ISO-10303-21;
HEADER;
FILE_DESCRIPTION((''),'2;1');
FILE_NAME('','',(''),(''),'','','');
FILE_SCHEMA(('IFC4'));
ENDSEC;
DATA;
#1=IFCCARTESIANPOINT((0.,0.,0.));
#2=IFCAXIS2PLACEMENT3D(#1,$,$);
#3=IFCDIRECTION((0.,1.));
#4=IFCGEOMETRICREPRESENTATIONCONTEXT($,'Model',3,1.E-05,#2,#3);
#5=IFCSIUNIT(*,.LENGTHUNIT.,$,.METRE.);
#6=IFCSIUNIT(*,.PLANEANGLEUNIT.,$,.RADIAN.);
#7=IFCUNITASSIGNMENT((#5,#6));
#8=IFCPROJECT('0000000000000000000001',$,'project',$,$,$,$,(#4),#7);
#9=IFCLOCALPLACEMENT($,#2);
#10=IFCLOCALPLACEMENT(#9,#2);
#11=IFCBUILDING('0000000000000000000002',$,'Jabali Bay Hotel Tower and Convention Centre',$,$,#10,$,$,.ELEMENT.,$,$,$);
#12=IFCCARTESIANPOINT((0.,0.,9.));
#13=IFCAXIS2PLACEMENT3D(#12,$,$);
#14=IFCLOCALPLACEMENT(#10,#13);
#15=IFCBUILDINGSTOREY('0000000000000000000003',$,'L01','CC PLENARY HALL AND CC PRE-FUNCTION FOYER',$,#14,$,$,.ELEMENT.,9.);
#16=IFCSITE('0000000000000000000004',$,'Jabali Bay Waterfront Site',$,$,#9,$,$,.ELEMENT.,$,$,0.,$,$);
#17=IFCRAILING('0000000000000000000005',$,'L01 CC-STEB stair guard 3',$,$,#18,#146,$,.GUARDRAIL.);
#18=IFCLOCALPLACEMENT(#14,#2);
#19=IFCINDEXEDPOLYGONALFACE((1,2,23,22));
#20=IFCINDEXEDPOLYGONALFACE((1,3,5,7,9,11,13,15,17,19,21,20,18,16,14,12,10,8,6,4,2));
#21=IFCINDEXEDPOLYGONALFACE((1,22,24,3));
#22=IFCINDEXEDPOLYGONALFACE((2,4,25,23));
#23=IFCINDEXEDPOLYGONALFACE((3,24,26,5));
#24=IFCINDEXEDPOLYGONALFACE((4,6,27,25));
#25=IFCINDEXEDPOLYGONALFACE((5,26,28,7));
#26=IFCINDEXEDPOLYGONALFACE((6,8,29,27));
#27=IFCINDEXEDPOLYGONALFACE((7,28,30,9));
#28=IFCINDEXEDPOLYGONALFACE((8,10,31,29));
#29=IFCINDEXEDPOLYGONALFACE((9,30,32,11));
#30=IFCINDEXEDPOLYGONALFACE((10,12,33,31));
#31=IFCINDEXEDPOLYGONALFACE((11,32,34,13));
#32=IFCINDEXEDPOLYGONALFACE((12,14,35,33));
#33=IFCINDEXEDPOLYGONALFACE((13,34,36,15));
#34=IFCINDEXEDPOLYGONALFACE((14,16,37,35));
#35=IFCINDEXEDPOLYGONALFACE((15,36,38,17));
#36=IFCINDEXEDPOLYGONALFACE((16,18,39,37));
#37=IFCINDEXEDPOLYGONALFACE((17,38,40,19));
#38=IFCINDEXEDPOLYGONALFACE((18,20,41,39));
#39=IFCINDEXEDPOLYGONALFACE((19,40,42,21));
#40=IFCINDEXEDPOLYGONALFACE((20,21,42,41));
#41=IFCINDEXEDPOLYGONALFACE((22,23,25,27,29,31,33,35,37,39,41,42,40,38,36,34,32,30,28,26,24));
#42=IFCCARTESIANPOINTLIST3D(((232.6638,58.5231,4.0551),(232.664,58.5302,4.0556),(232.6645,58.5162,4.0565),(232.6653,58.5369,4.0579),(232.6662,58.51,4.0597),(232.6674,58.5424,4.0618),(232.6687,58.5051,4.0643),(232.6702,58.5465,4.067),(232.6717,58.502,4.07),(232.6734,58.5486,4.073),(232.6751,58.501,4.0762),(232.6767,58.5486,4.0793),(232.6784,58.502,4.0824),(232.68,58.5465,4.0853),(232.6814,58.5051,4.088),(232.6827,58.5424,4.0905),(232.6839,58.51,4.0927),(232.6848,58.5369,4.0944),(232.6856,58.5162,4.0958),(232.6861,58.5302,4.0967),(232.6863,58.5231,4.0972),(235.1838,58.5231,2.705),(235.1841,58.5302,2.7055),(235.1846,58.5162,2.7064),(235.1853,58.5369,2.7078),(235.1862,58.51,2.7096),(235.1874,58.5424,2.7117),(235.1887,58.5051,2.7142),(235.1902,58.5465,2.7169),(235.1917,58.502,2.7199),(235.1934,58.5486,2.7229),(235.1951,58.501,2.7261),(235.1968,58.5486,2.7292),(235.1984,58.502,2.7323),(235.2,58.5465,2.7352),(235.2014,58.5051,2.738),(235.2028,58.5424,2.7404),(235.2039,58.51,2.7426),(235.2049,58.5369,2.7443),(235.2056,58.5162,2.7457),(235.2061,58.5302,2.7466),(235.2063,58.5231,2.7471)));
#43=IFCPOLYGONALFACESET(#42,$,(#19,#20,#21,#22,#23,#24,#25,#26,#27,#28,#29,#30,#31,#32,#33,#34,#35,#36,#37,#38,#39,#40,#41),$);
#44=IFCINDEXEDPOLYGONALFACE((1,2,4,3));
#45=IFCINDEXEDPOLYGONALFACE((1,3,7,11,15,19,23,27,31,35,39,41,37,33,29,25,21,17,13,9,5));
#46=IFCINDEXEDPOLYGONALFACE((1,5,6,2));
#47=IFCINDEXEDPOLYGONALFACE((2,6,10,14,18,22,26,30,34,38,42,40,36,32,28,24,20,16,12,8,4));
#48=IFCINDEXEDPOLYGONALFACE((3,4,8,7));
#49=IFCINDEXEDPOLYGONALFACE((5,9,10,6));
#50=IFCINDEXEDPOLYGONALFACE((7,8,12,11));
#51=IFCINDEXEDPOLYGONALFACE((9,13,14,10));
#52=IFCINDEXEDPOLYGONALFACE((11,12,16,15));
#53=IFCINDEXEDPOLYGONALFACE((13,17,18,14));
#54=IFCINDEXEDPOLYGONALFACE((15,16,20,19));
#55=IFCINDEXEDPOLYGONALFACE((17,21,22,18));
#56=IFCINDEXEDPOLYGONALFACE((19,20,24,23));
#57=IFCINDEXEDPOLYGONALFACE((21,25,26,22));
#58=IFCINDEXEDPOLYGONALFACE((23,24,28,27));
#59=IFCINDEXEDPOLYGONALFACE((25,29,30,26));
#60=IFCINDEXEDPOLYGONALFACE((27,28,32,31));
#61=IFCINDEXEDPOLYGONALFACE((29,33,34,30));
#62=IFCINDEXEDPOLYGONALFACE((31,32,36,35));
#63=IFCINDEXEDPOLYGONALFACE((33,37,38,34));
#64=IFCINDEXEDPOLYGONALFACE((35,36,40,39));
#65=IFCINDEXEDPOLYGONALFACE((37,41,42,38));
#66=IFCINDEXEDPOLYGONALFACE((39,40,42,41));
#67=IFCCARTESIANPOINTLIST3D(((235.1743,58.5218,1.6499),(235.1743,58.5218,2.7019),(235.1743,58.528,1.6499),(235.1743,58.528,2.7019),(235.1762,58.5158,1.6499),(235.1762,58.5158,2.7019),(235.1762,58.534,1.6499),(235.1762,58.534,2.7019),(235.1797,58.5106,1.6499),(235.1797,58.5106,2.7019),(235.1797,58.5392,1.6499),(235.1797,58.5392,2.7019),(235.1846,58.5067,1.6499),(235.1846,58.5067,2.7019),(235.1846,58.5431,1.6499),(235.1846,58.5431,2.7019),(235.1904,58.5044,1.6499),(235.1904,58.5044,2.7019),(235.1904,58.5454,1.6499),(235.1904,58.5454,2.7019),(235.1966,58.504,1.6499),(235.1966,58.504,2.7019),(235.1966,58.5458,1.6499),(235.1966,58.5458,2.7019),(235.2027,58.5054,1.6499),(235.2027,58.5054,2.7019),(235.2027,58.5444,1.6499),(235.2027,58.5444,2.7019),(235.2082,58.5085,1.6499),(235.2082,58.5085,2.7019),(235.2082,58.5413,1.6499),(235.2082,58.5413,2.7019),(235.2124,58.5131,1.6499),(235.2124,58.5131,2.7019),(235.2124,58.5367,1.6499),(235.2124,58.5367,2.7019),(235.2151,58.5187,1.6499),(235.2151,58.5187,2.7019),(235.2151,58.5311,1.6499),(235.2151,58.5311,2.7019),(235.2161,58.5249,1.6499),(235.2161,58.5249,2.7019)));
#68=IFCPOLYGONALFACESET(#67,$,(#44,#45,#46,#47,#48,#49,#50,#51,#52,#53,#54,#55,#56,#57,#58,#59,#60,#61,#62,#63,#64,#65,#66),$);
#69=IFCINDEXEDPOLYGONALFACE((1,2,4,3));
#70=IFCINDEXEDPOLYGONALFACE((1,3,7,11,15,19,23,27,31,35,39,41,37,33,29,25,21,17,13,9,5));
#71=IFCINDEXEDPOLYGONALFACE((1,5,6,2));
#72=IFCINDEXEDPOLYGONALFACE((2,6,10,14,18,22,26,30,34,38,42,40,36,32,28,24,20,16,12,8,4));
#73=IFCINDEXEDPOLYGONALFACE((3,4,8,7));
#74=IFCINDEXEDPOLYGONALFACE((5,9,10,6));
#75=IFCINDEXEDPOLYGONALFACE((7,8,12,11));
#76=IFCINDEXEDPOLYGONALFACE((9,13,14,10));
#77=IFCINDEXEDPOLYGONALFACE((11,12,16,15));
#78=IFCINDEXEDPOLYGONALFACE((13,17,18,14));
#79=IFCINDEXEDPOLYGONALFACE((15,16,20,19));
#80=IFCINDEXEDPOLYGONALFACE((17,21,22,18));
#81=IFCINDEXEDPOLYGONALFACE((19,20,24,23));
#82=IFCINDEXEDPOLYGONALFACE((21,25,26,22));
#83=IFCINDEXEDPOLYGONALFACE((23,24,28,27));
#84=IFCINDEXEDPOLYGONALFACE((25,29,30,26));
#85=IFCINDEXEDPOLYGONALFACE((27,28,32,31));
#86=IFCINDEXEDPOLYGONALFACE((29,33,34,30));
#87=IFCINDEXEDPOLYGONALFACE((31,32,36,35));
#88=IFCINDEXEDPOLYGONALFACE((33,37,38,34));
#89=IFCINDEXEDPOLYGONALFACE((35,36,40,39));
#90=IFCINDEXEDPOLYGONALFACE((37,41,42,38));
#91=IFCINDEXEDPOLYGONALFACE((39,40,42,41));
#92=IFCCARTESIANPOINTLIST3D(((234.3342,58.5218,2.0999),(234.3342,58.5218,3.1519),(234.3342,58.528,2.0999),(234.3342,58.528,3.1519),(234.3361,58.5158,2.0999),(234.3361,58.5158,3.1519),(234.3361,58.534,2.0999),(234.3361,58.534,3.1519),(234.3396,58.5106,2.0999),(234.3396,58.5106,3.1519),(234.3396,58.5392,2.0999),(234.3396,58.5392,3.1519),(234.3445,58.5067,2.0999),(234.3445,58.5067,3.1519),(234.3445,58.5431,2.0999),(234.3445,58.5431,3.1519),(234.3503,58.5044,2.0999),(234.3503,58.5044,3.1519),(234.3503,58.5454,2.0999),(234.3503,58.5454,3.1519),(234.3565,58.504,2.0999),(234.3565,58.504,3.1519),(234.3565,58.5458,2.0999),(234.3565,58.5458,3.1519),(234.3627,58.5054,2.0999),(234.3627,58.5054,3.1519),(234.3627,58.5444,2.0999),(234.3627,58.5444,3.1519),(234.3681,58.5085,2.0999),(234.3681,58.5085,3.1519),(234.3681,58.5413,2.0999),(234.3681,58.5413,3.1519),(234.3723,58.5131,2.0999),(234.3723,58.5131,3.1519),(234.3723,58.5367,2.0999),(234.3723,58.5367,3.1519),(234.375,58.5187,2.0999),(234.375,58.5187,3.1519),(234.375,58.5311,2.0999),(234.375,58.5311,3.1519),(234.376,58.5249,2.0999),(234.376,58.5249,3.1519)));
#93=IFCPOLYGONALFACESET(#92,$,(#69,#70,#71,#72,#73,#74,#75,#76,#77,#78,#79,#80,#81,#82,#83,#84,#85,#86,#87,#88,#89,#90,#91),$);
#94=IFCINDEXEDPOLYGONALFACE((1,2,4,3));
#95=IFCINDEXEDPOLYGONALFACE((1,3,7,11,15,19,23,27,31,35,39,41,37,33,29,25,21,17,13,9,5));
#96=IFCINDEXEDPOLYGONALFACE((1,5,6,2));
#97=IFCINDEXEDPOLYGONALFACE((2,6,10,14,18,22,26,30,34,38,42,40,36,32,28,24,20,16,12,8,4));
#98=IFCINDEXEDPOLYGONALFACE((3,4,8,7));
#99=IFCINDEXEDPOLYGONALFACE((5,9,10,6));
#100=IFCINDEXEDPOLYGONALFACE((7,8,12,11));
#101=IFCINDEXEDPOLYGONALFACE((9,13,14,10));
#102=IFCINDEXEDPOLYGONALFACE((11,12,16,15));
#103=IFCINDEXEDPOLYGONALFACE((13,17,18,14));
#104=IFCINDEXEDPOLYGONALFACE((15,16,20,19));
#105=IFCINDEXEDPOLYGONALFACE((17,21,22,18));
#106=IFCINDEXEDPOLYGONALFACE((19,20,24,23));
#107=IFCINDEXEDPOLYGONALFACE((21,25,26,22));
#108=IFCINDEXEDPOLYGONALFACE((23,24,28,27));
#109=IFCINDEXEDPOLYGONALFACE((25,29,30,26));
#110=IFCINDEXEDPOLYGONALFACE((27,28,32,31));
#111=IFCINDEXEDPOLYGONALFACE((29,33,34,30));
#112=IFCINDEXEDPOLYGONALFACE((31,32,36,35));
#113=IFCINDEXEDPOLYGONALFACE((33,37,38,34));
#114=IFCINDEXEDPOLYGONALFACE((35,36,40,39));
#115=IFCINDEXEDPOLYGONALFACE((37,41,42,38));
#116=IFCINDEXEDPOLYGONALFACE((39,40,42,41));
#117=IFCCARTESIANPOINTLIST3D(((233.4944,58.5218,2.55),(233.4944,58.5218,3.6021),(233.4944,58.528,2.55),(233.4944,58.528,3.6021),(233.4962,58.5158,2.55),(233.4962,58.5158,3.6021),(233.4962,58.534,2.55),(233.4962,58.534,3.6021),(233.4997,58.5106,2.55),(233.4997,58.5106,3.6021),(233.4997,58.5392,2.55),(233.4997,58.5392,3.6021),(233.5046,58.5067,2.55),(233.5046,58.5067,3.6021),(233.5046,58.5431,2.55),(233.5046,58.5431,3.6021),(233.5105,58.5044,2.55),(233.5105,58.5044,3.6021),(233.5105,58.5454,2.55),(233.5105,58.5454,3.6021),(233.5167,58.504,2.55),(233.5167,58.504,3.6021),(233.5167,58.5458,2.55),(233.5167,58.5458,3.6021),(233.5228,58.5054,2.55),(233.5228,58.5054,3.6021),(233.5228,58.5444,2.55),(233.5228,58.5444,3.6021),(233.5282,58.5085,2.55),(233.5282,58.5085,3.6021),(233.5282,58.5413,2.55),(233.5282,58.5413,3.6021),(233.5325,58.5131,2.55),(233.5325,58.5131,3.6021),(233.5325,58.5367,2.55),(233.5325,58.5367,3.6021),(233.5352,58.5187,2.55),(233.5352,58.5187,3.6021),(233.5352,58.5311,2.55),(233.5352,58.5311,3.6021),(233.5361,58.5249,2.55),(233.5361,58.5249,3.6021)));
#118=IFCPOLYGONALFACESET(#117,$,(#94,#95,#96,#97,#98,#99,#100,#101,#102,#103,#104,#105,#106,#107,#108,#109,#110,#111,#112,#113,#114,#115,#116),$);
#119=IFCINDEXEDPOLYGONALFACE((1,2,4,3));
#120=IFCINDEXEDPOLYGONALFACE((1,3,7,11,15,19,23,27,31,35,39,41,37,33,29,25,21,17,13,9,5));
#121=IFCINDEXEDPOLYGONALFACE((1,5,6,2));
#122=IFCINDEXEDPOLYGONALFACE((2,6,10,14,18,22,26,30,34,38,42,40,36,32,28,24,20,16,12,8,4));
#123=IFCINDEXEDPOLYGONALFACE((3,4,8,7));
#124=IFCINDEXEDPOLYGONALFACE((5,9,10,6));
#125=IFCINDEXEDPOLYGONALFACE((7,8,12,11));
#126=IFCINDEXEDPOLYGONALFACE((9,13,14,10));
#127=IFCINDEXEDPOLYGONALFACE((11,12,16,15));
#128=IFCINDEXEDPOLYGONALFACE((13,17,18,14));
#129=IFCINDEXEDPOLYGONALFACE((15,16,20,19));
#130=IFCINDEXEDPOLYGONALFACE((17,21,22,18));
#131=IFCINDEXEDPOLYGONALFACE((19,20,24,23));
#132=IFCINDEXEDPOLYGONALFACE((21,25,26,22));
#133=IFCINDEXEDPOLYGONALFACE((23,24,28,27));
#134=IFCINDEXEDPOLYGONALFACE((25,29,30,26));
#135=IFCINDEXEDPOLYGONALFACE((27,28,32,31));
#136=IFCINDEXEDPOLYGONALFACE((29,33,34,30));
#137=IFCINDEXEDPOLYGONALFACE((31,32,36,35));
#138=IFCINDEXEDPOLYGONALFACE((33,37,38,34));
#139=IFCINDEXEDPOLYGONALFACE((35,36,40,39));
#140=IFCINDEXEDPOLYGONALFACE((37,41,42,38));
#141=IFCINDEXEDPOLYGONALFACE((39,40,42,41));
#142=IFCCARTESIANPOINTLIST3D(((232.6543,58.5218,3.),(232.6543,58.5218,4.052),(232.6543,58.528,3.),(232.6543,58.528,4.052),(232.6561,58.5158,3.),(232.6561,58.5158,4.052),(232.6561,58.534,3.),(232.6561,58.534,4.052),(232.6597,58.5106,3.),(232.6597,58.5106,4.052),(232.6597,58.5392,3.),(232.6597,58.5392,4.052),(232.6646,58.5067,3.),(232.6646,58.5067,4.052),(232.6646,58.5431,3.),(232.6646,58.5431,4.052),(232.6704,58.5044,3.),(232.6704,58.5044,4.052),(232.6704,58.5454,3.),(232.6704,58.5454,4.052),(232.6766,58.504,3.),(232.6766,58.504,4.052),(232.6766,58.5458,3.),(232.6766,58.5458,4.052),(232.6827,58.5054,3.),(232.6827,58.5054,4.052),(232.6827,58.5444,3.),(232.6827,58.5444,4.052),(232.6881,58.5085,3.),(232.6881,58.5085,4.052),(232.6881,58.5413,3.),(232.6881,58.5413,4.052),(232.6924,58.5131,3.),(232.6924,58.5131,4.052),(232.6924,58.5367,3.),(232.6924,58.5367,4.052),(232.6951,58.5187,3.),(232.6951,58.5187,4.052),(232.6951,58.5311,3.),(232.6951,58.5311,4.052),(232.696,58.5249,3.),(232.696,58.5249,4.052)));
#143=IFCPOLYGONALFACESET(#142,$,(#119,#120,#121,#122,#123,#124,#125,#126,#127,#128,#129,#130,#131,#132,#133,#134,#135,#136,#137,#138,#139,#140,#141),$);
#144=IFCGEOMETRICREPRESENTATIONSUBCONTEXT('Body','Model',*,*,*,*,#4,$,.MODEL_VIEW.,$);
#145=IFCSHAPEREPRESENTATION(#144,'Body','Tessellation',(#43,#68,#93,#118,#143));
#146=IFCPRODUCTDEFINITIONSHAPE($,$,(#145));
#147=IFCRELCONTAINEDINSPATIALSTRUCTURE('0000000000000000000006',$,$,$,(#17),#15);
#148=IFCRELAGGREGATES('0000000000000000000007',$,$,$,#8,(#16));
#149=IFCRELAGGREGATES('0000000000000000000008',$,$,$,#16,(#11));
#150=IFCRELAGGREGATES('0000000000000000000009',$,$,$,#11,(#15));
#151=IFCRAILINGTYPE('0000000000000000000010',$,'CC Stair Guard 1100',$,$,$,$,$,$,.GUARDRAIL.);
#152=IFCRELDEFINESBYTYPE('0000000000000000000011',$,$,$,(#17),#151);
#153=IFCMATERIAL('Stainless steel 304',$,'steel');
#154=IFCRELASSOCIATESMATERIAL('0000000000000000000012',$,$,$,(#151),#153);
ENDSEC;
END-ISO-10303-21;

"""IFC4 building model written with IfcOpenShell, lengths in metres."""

from ifc_helpers import new_model, si_unit, direction, frame, origin, origin_2d, place, context, subcontext, project, spatial, circle, extrude, material, type_object, element, save


model = new_model("IFC4")

# Units and contexts
model_context = context("Model", 3, precision=1e-05, world=origin(), true_north=direction((0.0, 1.0)))
body_context = subcontext(model_context, "Body", "Model", "MODEL_VIEW")
ifc_project = project(units=[si_unit("LENGTHUNIT", "METRE"), si_unit("PLANEANGLEUNIT", "RADIAN")], contexts=[model_context])

# Site, building, storey
site_placement = place(None, origin())
site = spatial("IfcSite", under=ifc_project, at=site_placement, Name="Jabali Bay Waterfront Site", CompositionType="ELEMENT", RefElevation=0.0)
building_placement = place(site_placement, origin())
building = spatial("IfcBuilding", under=site, at=building_placement, Name="Jabali Bay Hotel Tower and Convention Centre", CompositionType="ELEMENT")
storey_placement = place(building_placement, frame((0.0, 0.0, 9.0)))
storey = spatial("IfcBuildingStorey", under=building, at=storey_placement, Name="L01", Description="CC PLENARY HALL AND CC PRE-FUNCTION FOYER", CompositionType="ELEMENT", Elevation=9.0)

# Railing
ifc_material_1 = material(Name="Stainless steel 304", Category="steel")
railing_type_1 = type_object("IfcRailingType", Name="CC Stair Guard 1100", PredefinedType="GUARDRAIL", material=ifc_material_1)
railing_1_placement = place(storey_placement, frame((235.1951, 58.5249, 1.6499)))
element("IfcRailing", 1, at=railing_1_placement, inside=storey, type_object=railing_type_1, Name="L01 CC-STEB stair guard 3", PredefinedType="GUARDRAIL", context=body_context, shape_type="SweptSolid", body=[
    extrude(circle(Radius=0.0239, at=origin_2d()), frame((0.0, 0.0, 1.0762), z_axis=(-0.881467, 0.0, 0.472245), x_axis=(0.0, -1.0, 0.0)), (0.0, 0.0, 1.0), 2.8589),
    extrude(circle(Radius=0.021, at=origin_2d()), origin(), (0.0, 0.0, 1.0), 1.052),
    extrude(circle(Radius=0.021, at=origin_2d()), frame((-0.8401, 0.0, 0.45)), (0.0, 0.0, 1.0), 1.052),
    extrude(circle(Radius=0.021, at=origin_2d()), frame((-1.6799, 0.0, 0.9001)), (0.0, 0.0, 1.0), 1.052),
    extrude(circle(Radius=0.021, at=origin_2d()), frame((-2.52, 0.0, 1.3501)), (0.0, 0.0, 1.0), 1.052),
])

save(model, "model.ifc")
